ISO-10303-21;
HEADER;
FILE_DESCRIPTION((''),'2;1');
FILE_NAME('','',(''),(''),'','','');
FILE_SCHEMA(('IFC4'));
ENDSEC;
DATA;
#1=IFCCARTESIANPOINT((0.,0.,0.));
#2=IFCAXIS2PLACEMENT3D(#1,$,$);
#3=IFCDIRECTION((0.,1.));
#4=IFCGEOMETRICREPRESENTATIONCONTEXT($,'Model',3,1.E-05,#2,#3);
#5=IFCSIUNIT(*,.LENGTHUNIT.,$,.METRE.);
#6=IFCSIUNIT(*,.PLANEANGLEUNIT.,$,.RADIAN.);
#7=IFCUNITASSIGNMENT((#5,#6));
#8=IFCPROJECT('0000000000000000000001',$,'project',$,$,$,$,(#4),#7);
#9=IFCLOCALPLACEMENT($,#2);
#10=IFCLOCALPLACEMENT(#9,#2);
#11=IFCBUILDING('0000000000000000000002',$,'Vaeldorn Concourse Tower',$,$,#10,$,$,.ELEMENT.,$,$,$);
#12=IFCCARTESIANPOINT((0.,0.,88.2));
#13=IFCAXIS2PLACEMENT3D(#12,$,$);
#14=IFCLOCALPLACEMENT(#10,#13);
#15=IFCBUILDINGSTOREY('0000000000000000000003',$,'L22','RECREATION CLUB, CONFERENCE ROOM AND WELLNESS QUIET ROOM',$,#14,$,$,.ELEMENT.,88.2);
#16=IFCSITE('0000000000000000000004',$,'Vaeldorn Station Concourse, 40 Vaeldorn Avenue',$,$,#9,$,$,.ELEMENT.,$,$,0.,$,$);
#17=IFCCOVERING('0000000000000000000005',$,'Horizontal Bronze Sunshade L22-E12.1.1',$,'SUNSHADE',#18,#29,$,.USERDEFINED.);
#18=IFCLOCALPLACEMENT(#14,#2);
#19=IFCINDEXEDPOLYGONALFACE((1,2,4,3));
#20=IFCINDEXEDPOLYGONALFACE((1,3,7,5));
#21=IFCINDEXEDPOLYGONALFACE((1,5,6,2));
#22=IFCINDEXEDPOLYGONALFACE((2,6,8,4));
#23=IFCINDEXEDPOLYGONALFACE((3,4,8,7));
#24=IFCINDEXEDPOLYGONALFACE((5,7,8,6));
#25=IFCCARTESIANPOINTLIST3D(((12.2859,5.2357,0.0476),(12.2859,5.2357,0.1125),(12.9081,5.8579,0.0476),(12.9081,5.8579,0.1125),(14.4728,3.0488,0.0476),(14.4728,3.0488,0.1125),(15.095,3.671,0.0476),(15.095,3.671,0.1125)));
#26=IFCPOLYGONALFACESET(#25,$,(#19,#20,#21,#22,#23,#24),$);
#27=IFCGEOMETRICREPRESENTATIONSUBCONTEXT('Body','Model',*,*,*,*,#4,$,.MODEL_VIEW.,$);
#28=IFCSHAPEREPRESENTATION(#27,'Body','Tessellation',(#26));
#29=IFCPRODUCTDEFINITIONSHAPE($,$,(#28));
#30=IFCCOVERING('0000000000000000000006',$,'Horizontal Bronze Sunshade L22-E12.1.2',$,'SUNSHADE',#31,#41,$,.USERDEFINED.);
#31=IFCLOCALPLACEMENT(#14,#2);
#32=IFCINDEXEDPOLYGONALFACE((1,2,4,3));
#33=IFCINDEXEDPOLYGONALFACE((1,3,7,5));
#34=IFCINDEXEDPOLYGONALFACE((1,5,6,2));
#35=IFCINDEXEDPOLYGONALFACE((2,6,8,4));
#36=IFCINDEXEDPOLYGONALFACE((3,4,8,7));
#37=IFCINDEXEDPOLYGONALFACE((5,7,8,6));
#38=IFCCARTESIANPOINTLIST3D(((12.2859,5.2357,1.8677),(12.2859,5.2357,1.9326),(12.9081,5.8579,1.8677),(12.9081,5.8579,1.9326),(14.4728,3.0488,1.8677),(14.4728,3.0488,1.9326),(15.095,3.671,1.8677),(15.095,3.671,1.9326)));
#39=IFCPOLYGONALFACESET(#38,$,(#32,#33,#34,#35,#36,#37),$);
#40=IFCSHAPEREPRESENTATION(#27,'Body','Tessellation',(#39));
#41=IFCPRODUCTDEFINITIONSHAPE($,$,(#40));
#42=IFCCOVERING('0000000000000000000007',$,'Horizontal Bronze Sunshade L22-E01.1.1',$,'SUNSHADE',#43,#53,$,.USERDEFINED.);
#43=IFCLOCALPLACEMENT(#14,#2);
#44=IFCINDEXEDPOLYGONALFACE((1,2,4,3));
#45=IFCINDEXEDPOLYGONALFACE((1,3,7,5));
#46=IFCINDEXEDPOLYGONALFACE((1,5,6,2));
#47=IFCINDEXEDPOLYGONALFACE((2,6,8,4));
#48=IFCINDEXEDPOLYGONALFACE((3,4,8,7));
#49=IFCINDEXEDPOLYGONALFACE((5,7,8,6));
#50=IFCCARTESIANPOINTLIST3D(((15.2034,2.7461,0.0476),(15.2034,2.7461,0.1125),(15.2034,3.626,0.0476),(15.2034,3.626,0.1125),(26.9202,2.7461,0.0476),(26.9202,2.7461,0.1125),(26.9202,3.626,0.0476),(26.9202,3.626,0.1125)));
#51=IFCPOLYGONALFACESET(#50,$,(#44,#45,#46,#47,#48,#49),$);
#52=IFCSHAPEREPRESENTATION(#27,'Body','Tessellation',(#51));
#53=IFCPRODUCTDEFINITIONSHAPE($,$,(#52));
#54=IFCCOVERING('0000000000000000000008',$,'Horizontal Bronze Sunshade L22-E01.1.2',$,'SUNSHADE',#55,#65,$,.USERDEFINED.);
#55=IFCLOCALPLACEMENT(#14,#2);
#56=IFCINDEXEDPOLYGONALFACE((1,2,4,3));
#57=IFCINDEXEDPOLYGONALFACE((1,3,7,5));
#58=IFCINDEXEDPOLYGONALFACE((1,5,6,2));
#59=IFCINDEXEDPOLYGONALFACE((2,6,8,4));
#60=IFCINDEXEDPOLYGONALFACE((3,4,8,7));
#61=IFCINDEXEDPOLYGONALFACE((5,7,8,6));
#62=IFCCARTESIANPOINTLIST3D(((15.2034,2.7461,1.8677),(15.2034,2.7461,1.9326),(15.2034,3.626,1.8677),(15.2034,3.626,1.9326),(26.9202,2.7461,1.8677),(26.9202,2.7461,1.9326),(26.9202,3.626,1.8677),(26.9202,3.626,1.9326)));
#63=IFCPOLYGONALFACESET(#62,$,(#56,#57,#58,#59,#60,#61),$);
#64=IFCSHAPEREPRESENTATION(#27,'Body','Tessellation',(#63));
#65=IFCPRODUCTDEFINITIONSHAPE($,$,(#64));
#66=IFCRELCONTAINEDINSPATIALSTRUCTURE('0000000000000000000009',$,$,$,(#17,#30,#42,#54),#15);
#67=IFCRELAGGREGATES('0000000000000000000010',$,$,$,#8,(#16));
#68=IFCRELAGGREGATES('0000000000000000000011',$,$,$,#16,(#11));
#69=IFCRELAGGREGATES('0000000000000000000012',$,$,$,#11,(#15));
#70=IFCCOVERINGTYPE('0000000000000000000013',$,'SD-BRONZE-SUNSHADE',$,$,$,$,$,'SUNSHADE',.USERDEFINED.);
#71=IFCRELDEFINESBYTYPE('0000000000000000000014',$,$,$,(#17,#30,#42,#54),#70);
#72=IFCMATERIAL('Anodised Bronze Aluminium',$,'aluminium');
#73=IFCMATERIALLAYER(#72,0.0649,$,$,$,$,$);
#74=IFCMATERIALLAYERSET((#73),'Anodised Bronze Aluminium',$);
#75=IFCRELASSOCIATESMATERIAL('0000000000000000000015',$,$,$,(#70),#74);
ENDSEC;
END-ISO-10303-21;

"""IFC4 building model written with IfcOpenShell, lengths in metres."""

from ifc_helpers import new_model, si_unit, direction, frame, origin, origin_2d, place, context, subcontext, project, spatial, rectangle, extrude, source, transform, mapped, material, layer, layer_set, type_object, element, save


model = new_model("IFC4")

# Units and contexts
model_context = context("Model", 3, precision=1e-05, world=origin(), true_north=direction((0.0, 1.0)))
body_context = subcontext(model_context, "Body", "Model", "MODEL_VIEW")
ifc_project = project(units=[si_unit("LENGTHUNIT", "METRE"), si_unit("PLANEANGLEUNIT", "RADIAN")], contexts=[model_context])

# Site, building, storey
site_placement = place(None, origin())
site = spatial("IfcSite", under=ifc_project, at=site_placement, Name="Vaeldorn Station Concourse, 40 Vaeldorn Avenue", CompositionType="ELEMENT", RefElevation=0.0)
building_placement = place(site_placement, origin())
building = spatial("IfcBuilding", under=site, at=building_placement, Name="Vaeldorn Concourse Tower", CompositionType="ELEMENT")
storey_placement = place(building_placement, frame((0.0, 0.0, 88.2)))
storey = spatial("IfcBuildingStorey", under=building, at=storey_placement, Name="L22", Description="RECREATION CLUB, CONFERENCE ROOM AND WELLNESS QUIET ROOM", CompositionType="ELEMENT", Elevation=88.2)

# Shared definitions
ifc_material_1 = material(Name="Anodised Bronze Aluminium", Category="aluminium")

# Coverings
ifc_layer_1 = layer(ifc_material_1, 0.0649)
ifc_layer_set_1 = layer_set([ifc_layer_1], Name="Anodised Bronze Aluminium")
covering_type = type_object("IfcCoveringType", Name="SD-BRONZE-SUNSHADE", ElementType="SUNSHADE", PredefinedType="USERDEFINED", material=ifc_layer_set_1)
shared_shape_1 = source(origin(), body_context, "Body", "SweptSolid", [
    extrude(rectangle(XDim=3.0928, YDim=0.8799, at=origin_2d()), origin(), (0.0, 0.0, 1.0), 0.0649),
])
for number, where, z_axis, x_axis, name in (
    (1, (13.6904, 4.4534, 0.0476), (0.0, 0.0, 1.0), (0.707107, -0.707107, 0.0), "Horizontal Bronze Sunshade L22-E12.1.1"),
    (2, (13.6904, 4.4534, 1.8677), (0.0, 0.0, 1.0), (0.707107, -0.707107, 0.0), "Horizontal Bronze Sunshade L22-E12.1.2"),
):
    element("IfcCovering", number, at=place(storey_placement, frame(where, z_axis=z_axis, x_axis=x_axis)), inside=storey, type_object=covering_type, Name=name, ObjectType="SUNSHADE", PredefinedType="USERDEFINED", context=body_context, shape_type="MappedRepresentation", body=[
        mapped(shared_shape_1, transform((0.0, 0.0, 0.0), scale=1.0)),
    ])
shared_shape_2 = source(origin(), body_context, "Body", "SweptSolid", [
    extrude(rectangle(XDim=11.7168, YDim=0.8799, at=origin_2d()), origin(), (0.0, 0.0, 1.0), 0.0649),
])
for number, where, z_axis, x_axis, name in (
    (3, (21.0618, 3.186, 0.0476), (0.0, 0.0, 1.0), (1.0, 0.0, 0.0), "Horizontal Bronze Sunshade L22-E01.1.1"),
    (4, (21.0618, 3.186, 1.8677), (0.0, 0.0, 1.0), (1.0, 0.0, 0.0), "Horizontal Bronze Sunshade L22-E01.1.2"),
):
    element("IfcCovering", number, at=place(storey_placement, frame(where, z_axis=z_axis, x_axis=x_axis)), inside=storey, type_object=covering_type, Name=name, ObjectType="SUNSHADE", PredefinedType="USERDEFINED", context=body_context, shape_type="MappedRepresentation", body=[
        mapped(shared_shape_2, transform((0.0, 0.0, 0.0), scale=1.0)),
    ])

save(model, "model.ifc")
